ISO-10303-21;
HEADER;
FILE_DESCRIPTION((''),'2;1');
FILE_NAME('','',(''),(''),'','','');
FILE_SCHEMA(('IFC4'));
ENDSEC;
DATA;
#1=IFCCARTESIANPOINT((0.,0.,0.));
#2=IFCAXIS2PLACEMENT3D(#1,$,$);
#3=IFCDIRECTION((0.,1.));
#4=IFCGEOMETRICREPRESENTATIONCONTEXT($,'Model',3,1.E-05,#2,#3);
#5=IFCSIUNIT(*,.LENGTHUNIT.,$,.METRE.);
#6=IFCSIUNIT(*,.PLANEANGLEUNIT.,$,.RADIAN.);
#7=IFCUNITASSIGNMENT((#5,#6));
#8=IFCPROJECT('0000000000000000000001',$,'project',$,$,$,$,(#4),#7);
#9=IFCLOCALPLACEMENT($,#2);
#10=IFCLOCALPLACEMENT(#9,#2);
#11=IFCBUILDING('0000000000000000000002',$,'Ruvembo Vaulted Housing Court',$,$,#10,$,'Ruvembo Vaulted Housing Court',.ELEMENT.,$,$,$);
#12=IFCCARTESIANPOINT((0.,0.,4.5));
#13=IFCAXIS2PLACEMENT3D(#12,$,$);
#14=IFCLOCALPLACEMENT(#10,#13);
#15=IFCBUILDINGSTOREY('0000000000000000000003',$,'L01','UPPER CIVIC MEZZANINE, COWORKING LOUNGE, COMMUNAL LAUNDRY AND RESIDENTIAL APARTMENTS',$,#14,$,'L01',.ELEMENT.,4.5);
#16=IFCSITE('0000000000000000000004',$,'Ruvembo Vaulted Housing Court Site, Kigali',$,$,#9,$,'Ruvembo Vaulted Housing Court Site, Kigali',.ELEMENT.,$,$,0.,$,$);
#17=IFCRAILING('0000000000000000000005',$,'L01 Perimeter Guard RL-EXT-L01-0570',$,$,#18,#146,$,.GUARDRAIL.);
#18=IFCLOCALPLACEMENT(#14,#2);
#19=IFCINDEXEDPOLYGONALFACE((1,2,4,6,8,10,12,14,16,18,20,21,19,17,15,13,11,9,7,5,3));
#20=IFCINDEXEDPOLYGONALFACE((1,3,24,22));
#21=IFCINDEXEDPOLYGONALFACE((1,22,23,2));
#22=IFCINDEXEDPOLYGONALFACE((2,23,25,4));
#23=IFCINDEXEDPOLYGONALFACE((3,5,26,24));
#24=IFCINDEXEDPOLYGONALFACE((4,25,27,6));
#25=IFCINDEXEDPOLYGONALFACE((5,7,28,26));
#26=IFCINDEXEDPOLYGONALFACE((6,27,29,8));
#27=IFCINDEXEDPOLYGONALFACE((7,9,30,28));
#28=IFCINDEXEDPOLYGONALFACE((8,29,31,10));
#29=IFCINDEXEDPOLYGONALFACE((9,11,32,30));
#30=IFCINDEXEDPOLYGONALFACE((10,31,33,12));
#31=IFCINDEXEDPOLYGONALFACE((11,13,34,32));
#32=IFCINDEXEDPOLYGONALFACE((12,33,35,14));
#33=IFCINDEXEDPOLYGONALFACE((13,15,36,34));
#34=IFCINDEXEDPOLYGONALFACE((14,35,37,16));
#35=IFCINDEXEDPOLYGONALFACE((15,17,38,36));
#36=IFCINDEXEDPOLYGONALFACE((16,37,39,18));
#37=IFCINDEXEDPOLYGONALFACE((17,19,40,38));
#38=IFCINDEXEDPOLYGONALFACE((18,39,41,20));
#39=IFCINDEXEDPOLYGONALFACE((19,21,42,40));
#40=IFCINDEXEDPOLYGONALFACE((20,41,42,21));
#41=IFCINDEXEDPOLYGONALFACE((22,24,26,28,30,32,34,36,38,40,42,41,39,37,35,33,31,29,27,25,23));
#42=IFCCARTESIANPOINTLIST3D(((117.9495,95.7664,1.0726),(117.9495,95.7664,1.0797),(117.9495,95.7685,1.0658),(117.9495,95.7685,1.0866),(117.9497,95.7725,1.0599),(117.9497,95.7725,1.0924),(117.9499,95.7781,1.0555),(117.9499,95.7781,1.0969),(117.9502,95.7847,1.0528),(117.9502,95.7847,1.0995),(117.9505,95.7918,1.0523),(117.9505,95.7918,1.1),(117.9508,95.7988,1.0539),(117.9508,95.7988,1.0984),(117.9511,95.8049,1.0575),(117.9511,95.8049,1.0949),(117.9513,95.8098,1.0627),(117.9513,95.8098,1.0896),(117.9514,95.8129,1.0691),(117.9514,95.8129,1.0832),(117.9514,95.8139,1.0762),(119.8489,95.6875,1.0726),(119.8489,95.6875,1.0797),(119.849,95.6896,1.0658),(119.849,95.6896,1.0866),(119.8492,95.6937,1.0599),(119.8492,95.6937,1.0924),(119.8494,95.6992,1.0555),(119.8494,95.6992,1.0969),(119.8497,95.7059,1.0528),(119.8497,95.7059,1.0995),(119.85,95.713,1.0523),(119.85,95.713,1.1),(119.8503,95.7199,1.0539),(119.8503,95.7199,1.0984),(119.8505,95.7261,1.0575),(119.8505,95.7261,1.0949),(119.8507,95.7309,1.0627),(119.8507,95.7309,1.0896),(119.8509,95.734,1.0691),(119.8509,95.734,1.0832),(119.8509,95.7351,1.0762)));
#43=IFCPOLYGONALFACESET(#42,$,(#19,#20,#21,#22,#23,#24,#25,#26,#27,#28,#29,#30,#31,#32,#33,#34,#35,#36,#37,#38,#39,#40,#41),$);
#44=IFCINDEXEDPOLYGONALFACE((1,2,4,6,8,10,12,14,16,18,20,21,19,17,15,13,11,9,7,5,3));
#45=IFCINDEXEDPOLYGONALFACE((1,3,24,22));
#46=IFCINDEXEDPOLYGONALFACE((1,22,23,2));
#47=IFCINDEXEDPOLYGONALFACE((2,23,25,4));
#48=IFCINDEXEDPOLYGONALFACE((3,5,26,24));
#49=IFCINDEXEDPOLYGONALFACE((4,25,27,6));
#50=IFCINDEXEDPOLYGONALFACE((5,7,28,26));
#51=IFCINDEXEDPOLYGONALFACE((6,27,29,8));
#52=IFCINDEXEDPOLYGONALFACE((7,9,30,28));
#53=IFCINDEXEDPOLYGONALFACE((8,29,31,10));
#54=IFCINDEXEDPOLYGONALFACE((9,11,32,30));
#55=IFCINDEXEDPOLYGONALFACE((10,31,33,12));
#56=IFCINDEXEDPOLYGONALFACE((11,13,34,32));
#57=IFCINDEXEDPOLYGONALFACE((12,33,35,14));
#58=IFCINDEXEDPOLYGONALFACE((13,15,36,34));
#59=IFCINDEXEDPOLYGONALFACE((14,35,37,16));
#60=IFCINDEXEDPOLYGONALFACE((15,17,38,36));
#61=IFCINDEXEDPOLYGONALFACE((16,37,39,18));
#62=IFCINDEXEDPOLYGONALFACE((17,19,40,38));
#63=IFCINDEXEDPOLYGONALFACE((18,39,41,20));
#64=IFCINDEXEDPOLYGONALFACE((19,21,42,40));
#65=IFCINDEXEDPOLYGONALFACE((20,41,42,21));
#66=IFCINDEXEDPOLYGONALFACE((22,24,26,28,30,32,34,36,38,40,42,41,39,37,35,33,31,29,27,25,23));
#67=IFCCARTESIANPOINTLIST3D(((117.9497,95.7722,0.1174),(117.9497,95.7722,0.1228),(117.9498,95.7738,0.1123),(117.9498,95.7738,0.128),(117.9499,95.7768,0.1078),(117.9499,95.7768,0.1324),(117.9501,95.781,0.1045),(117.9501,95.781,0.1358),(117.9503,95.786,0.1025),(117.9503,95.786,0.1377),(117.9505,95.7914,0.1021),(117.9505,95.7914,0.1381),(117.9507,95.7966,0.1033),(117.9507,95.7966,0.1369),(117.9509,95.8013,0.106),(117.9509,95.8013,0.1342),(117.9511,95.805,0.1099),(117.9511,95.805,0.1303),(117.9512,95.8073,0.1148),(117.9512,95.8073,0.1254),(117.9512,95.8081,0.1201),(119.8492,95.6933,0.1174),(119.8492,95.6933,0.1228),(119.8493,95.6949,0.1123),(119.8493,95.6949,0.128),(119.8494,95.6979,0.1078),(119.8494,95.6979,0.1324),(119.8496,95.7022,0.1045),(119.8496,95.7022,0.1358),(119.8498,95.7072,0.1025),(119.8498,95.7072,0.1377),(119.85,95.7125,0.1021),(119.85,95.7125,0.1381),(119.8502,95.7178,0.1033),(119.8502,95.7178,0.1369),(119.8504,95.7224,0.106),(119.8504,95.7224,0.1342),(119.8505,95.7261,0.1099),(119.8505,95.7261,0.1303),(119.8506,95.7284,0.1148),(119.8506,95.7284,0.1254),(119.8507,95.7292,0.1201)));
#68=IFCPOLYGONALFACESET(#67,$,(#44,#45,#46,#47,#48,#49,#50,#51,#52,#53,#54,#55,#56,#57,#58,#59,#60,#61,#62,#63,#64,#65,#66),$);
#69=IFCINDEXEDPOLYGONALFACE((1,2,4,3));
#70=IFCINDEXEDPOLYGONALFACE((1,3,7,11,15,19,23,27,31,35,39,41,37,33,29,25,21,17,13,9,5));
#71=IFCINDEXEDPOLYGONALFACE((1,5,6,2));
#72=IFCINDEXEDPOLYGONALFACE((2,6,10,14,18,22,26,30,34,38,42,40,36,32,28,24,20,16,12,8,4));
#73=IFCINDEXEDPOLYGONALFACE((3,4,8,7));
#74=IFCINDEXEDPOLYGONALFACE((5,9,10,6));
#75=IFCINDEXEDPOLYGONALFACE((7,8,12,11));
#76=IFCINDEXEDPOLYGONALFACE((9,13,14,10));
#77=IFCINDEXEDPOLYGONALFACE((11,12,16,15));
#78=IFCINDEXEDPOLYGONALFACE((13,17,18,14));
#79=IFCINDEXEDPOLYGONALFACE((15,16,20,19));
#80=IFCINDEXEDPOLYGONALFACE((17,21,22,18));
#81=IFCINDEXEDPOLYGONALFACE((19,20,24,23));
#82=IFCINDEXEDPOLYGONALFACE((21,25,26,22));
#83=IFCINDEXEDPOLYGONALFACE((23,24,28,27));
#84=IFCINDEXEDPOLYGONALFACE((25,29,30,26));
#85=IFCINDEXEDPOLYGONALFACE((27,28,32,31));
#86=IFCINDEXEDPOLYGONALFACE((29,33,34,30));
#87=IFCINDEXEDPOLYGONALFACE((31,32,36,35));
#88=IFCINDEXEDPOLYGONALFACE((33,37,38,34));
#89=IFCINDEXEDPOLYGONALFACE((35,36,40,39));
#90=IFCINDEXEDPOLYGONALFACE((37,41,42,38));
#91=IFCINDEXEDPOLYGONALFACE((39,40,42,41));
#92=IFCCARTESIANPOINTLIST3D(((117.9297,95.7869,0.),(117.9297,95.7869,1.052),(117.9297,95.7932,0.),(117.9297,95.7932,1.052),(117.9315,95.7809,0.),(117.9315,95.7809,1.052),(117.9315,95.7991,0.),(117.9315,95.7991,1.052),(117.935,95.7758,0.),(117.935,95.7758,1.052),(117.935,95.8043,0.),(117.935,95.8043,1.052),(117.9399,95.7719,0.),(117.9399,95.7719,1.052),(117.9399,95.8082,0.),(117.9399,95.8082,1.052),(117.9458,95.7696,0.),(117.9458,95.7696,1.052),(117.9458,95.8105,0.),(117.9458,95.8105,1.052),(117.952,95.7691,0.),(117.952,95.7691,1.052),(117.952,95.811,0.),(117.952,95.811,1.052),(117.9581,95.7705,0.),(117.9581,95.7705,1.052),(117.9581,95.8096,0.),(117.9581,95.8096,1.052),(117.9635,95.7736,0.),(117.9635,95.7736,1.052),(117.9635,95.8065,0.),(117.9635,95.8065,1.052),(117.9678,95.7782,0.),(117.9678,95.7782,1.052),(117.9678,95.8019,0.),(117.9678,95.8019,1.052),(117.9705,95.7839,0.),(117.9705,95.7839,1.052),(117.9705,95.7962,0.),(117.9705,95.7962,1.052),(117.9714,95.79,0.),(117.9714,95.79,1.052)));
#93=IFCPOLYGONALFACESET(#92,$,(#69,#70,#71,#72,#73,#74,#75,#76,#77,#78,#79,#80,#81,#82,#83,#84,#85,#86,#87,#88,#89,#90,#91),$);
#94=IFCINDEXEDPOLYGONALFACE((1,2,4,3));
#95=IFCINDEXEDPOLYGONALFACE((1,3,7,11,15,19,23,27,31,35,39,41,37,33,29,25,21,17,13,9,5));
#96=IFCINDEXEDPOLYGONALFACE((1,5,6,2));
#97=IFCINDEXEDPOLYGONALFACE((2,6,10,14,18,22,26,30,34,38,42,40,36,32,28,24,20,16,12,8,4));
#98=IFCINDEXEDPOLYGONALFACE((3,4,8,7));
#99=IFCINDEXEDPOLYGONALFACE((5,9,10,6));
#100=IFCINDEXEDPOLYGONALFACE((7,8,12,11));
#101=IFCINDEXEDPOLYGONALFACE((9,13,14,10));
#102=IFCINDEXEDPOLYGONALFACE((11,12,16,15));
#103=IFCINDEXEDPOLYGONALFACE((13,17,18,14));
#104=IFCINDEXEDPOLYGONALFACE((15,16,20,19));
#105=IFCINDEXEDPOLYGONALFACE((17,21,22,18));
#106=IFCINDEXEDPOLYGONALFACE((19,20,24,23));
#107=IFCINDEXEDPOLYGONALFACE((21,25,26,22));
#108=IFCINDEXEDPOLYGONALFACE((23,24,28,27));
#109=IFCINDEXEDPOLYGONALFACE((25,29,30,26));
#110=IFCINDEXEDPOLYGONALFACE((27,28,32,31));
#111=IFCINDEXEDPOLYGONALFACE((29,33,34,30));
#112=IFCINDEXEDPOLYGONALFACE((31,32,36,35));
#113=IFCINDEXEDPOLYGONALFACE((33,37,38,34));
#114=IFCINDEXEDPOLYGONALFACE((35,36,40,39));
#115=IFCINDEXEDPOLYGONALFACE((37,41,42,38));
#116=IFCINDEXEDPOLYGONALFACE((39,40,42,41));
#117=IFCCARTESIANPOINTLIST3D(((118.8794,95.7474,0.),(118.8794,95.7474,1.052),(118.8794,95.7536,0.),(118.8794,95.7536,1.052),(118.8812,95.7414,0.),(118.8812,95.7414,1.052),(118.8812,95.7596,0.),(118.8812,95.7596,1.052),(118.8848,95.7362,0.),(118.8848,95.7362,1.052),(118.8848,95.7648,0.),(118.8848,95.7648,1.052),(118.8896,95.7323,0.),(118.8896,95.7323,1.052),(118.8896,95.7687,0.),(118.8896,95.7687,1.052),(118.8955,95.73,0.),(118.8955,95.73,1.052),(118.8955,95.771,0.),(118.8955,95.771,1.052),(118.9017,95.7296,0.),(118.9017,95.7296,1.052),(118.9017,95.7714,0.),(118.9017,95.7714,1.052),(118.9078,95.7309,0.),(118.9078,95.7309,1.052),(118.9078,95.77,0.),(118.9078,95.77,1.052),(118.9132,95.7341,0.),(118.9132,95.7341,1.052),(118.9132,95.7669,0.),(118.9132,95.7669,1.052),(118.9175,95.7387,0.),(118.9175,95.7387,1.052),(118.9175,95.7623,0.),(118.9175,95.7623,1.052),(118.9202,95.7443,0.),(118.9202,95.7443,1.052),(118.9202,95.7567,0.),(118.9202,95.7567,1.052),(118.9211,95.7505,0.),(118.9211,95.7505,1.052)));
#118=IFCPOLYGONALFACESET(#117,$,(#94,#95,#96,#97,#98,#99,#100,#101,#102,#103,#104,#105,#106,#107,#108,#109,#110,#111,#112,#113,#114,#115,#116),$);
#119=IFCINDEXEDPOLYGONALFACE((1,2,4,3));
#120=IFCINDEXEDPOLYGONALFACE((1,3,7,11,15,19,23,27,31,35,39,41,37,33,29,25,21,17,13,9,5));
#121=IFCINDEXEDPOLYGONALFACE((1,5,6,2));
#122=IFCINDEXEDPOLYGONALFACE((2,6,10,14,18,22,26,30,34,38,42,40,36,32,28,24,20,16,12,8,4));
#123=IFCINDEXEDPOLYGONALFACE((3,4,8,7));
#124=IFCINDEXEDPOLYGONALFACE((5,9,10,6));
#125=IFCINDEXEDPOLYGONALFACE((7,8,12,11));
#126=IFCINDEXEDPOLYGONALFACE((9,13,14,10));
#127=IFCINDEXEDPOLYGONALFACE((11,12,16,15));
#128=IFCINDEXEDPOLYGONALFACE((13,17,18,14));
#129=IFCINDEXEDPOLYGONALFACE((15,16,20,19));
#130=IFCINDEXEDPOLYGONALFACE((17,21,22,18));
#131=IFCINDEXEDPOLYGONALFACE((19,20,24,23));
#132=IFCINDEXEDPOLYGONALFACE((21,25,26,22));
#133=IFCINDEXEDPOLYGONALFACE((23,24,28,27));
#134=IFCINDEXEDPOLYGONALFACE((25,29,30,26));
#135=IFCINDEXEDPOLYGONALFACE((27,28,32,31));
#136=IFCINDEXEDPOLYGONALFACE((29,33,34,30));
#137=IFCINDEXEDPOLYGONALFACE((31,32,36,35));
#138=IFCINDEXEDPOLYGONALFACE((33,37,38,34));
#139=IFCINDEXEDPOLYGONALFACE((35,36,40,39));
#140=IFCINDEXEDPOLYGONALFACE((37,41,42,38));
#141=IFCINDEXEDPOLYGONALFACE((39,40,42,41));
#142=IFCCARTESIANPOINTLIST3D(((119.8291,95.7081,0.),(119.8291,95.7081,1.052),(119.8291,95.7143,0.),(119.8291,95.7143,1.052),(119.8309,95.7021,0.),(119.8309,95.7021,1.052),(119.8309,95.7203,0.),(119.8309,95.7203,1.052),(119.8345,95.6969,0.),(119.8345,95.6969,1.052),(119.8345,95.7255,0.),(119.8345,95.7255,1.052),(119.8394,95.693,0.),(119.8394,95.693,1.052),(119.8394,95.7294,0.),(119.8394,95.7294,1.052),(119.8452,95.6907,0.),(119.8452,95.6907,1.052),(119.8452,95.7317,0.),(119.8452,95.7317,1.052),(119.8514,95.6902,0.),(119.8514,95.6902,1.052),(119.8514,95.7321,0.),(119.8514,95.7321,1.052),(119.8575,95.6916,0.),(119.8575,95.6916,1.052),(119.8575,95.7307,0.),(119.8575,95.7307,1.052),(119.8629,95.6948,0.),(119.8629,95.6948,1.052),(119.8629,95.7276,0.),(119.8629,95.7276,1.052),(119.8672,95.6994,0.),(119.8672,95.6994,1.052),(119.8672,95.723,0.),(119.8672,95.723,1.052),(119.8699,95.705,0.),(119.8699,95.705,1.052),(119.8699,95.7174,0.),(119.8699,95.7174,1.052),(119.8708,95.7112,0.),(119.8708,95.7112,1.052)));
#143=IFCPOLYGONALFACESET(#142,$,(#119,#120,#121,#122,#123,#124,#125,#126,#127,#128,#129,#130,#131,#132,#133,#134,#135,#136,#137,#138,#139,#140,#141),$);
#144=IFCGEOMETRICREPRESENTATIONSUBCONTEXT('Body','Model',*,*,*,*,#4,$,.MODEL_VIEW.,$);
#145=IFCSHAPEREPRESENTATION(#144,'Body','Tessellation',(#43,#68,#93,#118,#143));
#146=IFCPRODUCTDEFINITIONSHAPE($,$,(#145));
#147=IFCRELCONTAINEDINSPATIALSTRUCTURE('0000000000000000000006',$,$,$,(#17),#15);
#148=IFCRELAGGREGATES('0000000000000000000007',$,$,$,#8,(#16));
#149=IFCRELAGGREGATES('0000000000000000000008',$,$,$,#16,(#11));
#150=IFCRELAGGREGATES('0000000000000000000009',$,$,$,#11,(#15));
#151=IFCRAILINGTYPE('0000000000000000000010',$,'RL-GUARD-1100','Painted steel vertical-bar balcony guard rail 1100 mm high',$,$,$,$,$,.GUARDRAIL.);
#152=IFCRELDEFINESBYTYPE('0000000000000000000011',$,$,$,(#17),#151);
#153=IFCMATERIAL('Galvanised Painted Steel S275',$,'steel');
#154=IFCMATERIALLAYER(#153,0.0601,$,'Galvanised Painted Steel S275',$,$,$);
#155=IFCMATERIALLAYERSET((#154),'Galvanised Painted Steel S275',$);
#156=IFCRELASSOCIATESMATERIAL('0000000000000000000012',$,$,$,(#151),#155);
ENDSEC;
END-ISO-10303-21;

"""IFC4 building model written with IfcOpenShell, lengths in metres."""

from ifc_helpers import new_model, si_unit, direction, frame, origin, origin_2d, place, context, subcontext, project, spatial, circle, extrude, material, layer, layer_set, type_object, element, save


model = new_model("IFC4")

# Units and contexts
model_context = context("Model", 3, precision=1e-05, world=origin(), true_north=direction((0.0, 1.0)))
body_context = subcontext(model_context, "Body", "Model", "MODEL_VIEW")
ifc_project = project(units=[si_unit("LENGTHUNIT", "METRE"), si_unit("PLANEANGLEUNIT", "RADIAN")], contexts=[model_context])

# Site, building, storey
site_placement = place(None, origin())
site = spatial("IfcSite", under=ifc_project, at=site_placement, Name="Ruvembo Vaulted Housing Court Site, Kigali", LongName="Ruvembo Vaulted Housing Court Site, Kigali", CompositionType="ELEMENT", RefElevation=0.0)
building_placement = place(site_placement, origin())
building = spatial("IfcBuilding", under=site, at=building_placement, Name="Ruvembo Vaulted Housing Court", LongName="Ruvembo Vaulted Housing Court", CompositionType="ELEMENT")
storey_placement = place(building_placement, frame((0.0, 0.0, 4.5)))
storey = spatial("IfcBuildingStorey", under=building, at=storey_placement, Name="L01", Description="UPPER CIVIC MEZZANINE, COWORKING LOUNGE, COMMUNAL LAUNDRY AND RESIDENTIAL APARTMENTS", LongName="L01", CompositionType="ELEMENT", Elevation=4.5)

# Railing
ifc_material_1 = material(Name="Galvanised Painted Steel S275", Category="steel")
ifc_layer_1 = layer(ifc_material_1, 0.0601, Name="Galvanised Painted Steel S275")
ifc_layer_set_1 = layer_set([ifc_layer_1], Name="Galvanised Painted Steel S275")
railing_type = type_object("IfcRailingType", Name="RL-GUARD-1100", Description="Painted steel vertical-bar balcony guard rail 1100 mm high", PredefinedType="GUARDRAIL", material=ifc_layer_set_1)
railing_1_placement = place(storey_placement, frame((117.9504, 95.79, 0.0)))
element("IfcRailing", 1, at=railing_1_placement, inside=storey, type_object=railing_type, Name="L01 Perimeter Guard RL-EXT-L01-0570", PredefinedType="GUARDRAIL", context=body_context, shape_type="SweptSolid", body=[
    extrude(circle(Radius=0.0239, at=origin_2d()), frame((0.0, 0.0, 1.0762), z_axis=(0.999139, -0.041481, 0.0), x_axis=(0.041481, 0.999139, 0.0)), (0.0, 0.0, 1.0), 1.9011),
    extrude(circle(Radius=0.0181, at=origin_2d()), frame((0.0, 0.0, 0.1201), z_axis=(0.999139, -0.041481, 0.0), x_axis=(0.041481, 0.999139, 0.0)), (0.0, 0.0, 1.0), 1.9011),
    extrude(circle(Radius=0.021, at=origin_2d()), origin(), (0.0, 0.0, 1.0), 1.052),
    extrude(circle(Radius=0.021, at=origin_2d()), frame((0.9497, -0.0396, 0.0)), (0.0, 0.0, 1.0), 1.052),
    extrude(circle(Radius=0.021, at=origin_2d()), frame((1.8994, -0.0789, 0.0)), (0.0, 0.0, 1.0), 1.052),
])

save(model, "model.ifc")
